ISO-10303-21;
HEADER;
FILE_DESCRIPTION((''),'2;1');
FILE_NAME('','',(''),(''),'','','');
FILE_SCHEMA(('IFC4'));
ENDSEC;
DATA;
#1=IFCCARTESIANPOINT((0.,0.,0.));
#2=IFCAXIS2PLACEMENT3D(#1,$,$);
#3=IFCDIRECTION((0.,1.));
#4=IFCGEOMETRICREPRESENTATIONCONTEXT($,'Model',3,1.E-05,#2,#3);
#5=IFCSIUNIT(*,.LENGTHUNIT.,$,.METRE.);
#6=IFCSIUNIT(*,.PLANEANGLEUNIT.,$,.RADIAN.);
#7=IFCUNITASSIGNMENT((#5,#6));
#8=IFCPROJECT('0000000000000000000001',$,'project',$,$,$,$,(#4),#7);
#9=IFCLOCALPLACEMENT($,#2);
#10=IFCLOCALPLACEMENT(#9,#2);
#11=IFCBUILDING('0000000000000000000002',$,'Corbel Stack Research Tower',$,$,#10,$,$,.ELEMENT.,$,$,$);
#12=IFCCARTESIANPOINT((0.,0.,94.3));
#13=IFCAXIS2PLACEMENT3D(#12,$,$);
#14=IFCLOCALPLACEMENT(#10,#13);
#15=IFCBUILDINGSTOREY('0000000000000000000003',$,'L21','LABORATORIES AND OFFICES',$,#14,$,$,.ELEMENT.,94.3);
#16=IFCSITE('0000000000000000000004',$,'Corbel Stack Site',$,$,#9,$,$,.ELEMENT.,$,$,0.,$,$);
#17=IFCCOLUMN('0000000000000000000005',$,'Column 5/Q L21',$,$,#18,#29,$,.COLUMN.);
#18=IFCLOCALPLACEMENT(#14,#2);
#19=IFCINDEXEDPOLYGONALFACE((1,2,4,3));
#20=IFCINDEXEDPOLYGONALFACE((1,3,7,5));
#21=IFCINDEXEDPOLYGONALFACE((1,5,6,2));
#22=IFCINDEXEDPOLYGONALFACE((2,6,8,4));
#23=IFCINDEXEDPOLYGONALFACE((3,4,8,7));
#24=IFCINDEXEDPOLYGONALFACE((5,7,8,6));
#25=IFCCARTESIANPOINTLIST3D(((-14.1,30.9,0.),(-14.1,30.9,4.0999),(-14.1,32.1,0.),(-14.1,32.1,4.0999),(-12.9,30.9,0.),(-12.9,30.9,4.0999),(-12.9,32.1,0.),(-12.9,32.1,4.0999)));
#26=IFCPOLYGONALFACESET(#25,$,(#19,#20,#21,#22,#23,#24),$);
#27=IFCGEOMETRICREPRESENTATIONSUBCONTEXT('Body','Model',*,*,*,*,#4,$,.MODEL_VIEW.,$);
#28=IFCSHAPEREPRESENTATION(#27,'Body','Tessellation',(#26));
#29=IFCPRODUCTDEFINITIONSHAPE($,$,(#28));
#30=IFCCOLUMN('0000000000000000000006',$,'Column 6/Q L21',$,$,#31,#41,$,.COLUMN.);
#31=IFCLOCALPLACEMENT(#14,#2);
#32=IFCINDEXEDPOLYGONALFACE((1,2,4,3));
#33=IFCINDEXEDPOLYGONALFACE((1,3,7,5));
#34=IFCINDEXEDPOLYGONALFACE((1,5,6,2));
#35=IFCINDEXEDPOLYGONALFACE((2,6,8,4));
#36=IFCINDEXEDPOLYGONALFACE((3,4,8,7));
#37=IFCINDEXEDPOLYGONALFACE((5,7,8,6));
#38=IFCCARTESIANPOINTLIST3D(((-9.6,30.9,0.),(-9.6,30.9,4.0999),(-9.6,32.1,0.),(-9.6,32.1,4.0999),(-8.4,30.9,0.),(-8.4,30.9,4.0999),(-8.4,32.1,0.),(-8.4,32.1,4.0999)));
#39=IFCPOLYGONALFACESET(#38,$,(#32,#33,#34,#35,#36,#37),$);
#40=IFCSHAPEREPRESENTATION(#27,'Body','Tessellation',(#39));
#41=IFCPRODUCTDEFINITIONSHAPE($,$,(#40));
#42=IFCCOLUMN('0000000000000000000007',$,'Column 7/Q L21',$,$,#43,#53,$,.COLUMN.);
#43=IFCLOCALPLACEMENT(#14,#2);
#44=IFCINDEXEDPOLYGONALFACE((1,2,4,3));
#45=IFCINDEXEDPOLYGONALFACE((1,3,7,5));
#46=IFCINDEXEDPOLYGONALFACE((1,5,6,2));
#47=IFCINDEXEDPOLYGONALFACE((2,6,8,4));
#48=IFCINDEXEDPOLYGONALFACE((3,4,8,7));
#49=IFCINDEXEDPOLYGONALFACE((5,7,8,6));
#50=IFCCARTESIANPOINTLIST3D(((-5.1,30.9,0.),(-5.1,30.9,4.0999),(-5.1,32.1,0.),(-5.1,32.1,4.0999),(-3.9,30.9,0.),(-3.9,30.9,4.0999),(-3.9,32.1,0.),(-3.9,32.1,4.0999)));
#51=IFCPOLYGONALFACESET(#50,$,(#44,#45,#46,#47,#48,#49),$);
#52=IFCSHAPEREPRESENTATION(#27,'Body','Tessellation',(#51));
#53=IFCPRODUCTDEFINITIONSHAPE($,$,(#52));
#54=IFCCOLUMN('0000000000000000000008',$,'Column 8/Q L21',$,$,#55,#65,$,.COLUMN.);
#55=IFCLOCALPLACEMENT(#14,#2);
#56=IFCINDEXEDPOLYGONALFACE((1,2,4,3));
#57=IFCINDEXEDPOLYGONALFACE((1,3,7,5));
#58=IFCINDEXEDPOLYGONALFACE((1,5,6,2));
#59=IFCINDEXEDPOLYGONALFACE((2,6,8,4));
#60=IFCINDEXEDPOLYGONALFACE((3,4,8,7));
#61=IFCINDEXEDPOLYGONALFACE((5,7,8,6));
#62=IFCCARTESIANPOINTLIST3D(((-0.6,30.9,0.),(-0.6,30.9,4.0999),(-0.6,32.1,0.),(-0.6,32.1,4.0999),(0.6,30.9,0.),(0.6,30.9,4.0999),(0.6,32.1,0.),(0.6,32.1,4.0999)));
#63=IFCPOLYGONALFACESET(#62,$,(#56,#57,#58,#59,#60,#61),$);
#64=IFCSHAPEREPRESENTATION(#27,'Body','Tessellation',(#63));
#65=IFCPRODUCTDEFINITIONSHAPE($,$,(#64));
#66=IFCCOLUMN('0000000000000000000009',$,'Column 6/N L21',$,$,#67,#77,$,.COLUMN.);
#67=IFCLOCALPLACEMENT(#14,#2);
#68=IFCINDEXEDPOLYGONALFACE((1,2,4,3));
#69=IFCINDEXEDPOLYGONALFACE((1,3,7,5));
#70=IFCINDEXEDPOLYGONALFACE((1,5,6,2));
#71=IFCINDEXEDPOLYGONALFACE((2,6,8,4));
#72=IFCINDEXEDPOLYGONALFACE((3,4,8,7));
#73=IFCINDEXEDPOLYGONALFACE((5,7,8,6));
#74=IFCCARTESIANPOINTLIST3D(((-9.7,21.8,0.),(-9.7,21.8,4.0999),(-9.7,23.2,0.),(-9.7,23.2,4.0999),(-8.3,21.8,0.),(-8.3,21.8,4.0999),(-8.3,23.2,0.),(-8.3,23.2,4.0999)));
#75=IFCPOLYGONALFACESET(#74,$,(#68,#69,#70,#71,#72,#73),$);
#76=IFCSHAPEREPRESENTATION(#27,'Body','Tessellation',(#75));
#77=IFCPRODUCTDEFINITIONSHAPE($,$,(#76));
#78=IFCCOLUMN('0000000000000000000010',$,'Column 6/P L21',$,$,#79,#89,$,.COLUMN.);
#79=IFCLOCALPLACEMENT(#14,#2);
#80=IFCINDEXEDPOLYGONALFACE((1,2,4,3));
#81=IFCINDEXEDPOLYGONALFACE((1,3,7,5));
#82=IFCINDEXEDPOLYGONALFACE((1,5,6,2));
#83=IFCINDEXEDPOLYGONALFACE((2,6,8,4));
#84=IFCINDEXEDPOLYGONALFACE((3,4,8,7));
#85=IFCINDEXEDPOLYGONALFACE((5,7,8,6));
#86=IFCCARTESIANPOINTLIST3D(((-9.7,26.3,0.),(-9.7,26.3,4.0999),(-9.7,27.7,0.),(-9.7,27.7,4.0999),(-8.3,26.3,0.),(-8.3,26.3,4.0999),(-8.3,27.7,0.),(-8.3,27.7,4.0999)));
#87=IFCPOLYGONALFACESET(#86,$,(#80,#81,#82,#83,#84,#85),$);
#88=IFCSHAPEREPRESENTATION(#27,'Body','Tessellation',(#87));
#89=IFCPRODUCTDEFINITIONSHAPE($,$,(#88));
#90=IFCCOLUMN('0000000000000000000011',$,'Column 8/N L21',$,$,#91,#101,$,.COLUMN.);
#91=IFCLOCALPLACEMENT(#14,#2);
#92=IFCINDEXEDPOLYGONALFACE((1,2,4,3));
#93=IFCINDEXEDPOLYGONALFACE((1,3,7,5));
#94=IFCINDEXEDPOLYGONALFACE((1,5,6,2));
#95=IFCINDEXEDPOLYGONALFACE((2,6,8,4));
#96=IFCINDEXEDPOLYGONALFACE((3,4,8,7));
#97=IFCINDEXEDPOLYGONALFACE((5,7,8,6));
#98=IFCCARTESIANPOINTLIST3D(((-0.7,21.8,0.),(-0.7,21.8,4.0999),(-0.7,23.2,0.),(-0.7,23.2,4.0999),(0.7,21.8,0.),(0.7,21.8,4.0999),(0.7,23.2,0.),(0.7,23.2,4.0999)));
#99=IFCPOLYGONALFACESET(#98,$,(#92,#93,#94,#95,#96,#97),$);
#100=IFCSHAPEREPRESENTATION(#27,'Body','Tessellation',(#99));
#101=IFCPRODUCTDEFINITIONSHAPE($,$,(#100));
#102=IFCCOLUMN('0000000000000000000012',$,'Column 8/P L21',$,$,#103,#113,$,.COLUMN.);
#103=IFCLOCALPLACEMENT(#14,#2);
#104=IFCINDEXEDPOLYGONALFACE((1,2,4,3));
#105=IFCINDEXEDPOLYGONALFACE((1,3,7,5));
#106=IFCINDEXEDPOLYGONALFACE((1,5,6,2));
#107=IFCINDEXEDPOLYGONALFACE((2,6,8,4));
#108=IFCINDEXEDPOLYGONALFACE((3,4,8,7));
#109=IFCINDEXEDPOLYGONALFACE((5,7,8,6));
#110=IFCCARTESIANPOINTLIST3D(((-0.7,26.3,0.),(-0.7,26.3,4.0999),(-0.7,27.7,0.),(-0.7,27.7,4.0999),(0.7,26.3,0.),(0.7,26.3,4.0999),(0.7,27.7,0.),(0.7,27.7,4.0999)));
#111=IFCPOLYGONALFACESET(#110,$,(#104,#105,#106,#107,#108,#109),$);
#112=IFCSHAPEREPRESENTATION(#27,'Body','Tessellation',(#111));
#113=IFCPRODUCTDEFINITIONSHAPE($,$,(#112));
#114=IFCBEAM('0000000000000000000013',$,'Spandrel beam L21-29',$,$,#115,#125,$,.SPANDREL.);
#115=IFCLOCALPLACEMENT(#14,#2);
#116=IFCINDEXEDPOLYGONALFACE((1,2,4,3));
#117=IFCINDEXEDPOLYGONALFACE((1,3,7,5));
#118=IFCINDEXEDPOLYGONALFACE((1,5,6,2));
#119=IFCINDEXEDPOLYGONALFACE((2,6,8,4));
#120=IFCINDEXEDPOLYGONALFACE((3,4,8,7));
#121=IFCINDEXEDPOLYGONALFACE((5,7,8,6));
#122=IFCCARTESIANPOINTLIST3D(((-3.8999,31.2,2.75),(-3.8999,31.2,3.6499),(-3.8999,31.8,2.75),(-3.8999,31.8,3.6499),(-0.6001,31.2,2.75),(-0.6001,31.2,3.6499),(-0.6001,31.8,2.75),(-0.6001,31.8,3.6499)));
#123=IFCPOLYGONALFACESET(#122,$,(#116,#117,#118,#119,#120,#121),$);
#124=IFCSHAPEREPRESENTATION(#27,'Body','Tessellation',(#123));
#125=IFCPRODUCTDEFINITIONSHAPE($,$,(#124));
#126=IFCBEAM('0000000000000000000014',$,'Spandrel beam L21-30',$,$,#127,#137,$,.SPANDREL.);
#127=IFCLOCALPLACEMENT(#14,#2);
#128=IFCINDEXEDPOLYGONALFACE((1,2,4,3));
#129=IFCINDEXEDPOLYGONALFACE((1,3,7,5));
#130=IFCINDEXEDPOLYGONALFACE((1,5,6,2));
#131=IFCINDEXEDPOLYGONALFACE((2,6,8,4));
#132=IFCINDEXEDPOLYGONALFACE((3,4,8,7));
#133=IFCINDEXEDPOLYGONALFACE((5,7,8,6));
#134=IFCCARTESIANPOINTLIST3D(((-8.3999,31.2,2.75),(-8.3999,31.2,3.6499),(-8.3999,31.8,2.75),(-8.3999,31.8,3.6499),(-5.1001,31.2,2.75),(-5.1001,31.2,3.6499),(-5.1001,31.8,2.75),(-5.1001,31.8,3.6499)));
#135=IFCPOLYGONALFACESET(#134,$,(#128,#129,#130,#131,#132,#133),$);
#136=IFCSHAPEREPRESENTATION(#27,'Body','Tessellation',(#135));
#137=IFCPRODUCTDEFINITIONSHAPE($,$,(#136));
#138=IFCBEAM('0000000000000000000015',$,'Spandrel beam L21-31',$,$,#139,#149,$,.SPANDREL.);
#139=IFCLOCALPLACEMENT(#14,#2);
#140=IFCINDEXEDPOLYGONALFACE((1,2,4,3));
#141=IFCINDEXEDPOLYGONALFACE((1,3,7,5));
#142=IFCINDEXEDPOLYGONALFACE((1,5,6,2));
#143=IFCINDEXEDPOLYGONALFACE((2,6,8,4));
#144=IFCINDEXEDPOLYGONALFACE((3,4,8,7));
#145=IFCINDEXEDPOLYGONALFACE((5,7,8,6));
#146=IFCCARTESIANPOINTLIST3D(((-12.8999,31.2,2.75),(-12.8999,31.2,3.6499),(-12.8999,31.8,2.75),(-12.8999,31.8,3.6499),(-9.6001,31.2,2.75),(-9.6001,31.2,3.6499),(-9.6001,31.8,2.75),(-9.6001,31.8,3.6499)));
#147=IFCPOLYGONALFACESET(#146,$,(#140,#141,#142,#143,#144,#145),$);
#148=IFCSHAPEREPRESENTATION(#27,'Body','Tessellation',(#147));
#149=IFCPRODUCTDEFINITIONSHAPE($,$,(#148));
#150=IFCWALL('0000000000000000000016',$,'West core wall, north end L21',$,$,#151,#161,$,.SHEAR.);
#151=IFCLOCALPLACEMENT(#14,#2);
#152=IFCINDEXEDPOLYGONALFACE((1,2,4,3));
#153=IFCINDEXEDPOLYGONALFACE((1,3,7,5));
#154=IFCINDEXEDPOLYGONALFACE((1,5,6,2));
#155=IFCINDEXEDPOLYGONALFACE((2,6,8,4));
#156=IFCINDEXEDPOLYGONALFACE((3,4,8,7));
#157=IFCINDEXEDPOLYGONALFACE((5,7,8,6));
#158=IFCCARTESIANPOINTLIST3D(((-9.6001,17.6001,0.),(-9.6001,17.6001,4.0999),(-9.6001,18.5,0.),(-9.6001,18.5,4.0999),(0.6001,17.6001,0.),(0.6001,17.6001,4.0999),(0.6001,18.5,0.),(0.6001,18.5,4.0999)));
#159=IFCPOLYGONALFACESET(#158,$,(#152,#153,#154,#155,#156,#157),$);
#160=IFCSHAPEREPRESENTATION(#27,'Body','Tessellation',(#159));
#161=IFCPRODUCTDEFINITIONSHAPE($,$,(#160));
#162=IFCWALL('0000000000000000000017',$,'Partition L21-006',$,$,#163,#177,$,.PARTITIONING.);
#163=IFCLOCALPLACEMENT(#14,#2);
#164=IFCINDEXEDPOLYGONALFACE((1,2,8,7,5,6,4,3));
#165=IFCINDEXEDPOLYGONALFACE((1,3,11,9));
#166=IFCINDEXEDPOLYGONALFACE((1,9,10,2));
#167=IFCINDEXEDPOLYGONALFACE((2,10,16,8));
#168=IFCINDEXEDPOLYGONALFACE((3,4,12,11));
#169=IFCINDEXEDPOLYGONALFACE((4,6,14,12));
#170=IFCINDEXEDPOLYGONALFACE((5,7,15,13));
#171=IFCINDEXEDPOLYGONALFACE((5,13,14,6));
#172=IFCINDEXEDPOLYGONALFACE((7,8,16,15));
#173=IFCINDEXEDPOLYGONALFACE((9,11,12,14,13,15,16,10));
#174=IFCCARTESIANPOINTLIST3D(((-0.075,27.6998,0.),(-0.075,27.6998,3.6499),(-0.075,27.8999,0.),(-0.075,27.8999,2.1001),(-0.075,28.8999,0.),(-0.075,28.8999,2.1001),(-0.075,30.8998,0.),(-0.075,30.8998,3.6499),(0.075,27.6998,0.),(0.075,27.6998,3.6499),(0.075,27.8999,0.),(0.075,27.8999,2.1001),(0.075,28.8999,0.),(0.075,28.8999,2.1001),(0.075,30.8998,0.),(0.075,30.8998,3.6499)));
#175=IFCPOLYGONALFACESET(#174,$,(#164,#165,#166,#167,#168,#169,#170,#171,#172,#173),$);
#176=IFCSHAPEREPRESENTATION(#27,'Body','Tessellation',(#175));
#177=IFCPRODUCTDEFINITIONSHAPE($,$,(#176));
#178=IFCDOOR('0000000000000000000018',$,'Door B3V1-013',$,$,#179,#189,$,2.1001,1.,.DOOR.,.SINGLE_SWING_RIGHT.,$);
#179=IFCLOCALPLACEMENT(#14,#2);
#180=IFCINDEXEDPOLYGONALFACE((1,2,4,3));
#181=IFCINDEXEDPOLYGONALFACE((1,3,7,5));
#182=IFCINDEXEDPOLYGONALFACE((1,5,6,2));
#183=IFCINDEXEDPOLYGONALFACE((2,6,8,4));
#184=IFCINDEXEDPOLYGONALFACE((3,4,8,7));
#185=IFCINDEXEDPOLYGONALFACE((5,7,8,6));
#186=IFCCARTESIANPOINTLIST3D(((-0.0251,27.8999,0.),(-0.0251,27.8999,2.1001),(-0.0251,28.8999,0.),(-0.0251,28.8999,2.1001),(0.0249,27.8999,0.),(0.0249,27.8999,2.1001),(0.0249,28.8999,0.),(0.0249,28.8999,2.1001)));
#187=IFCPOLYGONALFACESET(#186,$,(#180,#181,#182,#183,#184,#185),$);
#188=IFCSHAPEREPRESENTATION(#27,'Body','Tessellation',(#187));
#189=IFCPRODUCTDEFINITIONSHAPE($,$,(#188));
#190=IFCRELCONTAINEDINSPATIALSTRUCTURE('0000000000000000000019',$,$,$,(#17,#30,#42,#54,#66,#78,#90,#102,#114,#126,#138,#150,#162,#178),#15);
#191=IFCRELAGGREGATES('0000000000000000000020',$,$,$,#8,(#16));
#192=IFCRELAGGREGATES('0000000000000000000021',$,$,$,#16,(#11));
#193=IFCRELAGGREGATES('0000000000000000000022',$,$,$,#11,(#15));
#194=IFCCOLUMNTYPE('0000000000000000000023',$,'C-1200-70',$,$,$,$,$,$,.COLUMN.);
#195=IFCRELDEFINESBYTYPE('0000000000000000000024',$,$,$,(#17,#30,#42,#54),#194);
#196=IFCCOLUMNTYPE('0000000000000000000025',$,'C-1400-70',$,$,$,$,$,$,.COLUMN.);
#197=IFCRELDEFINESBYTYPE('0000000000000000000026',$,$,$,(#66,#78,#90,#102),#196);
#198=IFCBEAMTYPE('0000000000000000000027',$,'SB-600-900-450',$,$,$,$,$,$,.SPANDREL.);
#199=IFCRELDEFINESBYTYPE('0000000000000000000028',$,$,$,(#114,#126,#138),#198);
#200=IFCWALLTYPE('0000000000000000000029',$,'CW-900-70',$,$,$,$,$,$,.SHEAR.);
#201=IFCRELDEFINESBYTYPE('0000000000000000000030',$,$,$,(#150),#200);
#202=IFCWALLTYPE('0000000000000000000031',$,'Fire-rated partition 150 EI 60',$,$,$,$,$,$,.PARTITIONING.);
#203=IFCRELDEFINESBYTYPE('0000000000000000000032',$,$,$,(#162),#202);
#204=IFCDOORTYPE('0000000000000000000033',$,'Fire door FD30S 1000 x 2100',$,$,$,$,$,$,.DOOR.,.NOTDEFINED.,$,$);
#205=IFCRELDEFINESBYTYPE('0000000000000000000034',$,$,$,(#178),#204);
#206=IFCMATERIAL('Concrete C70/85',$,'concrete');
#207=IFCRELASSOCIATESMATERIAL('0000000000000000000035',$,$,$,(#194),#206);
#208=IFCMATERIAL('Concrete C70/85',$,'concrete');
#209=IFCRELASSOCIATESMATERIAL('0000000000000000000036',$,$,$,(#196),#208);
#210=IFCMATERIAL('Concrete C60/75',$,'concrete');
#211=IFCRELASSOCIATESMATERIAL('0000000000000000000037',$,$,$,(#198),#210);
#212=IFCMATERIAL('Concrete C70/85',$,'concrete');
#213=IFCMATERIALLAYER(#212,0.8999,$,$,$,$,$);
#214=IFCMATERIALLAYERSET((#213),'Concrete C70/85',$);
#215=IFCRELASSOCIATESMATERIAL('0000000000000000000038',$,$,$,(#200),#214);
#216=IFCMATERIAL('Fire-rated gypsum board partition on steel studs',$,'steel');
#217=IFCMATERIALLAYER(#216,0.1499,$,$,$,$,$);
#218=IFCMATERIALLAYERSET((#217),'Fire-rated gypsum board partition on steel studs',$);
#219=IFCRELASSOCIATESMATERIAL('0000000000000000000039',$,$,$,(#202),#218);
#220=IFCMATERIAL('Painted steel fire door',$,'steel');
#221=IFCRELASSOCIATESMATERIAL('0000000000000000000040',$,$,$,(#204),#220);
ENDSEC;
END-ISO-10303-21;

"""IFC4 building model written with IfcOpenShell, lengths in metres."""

from ifc_helpers import new_model, si_unit, direction, frame, frame_2d, origin, origin_2d, place, context, subcontext, project, spatial, rectangle, extrude, material, layer, layer_set, material_profile, profile_set, type_object, element, fill, save


model = new_model("IFC4")

# Units and contexts
model_context = context("Model", 3, precision=1e-05, world=origin(), true_north=direction((0.0, 1.0)))
body_context = subcontext(model_context, "Body", "Model", "MODEL_VIEW")
ifc_project = project(units=[si_unit("LENGTHUNIT", "METRE"), si_unit("PLANEANGLEUNIT", "RADIAN")], contexts=[model_context])

# Site, building, storey
site_placement = place(None, origin())
site = spatial("IfcSite", under=ifc_project, at=site_placement, Name="Corbel Stack Site", CompositionType="ELEMENT", RefElevation=0.0)
building_placement = place(site_placement, origin())
building = spatial("IfcBuilding", under=site, at=building_placement, Name="Corbel Stack Research Tower", CompositionType="ELEMENT")
storey_placement = place(building_placement, frame((0.0, 0.0, 94.3)))
storey = spatial("IfcBuildingStorey", under=building, at=storey_placement, Name="L21", Description="LABORATORIES AND OFFICES", CompositionType="ELEMENT", Elevation=94.3)

# Columns
ifc_material_1 = material(Name="Concrete C70/85", Category="concrete")
ifc_material_profile_1 = material_profile(ifc_material_1, rectangle(XDim=1.2, YDim=1.2, at=origin_2d()), Name="RC 1200 x 1200")
ifc_profile_set_1 = profile_set([ifc_material_profile_1], Name="Concrete C70/85")
column_type_1 = type_object("IfcColumnType", Name="C-1200-70", PredefinedType="COLUMN", material=ifc_profile_set_1)
for number, where, z_axis, x_axis, name in (
    (1, (-13.5, 31.5, 0.0), (0.0, 0.0, 1.0), (1.0, 0.0, 0.0), "Column 5/Q L21"),
    (2, (-9.0, 31.5, 0.0), (0.0, 0.0, 1.0), (1.0, 0.0, 0.0), "Column 6/Q L21"),
    (3, (-4.5, 31.5, 0.0), (0.0, 0.0, 1.0), (1.0, 0.0, 0.0), "Column 7/Q L21"),
    (4, (0.0, 31.5, 0.0), (0.0, 0.0, 1.0), (1.0, 0.0, 0.0), "Column 8/Q L21"),
):
    element("IfcColumn", number, at=place(storey_placement, frame(where, z_axis=z_axis, x_axis=x_axis)), inside=storey, type_object=column_type_1, Name=name, PredefinedType="COLUMN", context=body_context, shape_type="SweptSolid", body=[
        extrude(rectangle(XDim=1.2, YDim=1.2, at=origin_2d()), origin(), (0.0, 0.0, 1.0), 4.0999),
    ])
ifc_material_2 = material(Name="Concrete C70/85", Category="concrete")
ifc_material_profile_2 = material_profile(ifc_material_2, rectangle(XDim=1.3999, YDim=1.3999, at=origin_2d()), Name="RC 1400 x 1400")
ifc_profile_set_2 = profile_set([ifc_material_profile_2], Name="Concrete C70/85")
column_type_2 = type_object("IfcColumnType", Name="C-1400-70", PredefinedType="COLUMN", material=ifc_profile_set_2)
for number, where, z_axis, x_axis, name in (
    (5, (-9.0, 22.5, 0.0), (0.0, 0.0, 1.0), (1.0, 0.0, 0.0), "Column 6/N L21"),
    (6, (-9.0, 27.0, 0.0), (0.0, 0.0, 1.0), (1.0, 0.0, 0.0), "Column 6/P L21"),
    (7, (0.0, 22.5, 0.0), (0.0, 0.0, 1.0), (1.0, 0.0, 0.0), "Column 8/N L21"),
    (8, (0.0, 27.0, 0.0), (0.0, 0.0, 1.0), (1.0, 0.0, 0.0), "Column 8/P L21"),
):
    element("IfcColumn", number, at=place(storey_placement, frame(where, z_axis=z_axis, x_axis=x_axis)), inside=storey, type_object=column_type_2, Name=name, PredefinedType="COLUMN", context=body_context, shape_type="SweptSolid", body=[
        extrude(rectangle(XDim=1.3999, YDim=1.3999, at=origin_2d()), origin(), (0.0, 0.0, 1.0), 4.0999),
    ])

# Beams
ifc_material_3 = material(Name="Concrete C60/75", Category="concrete")
ifc_material_profile_3 = material_profile(ifc_material_3, rectangle(XDim=0.6001, YDim=0.8999, at=origin_2d()), Name="RC 600 x 900")
ifc_profile_set_3 = profile_set([ifc_material_profile_3], Name="Concrete C60/75")
beam_type = type_object("IfcBeamType", Name="SB-600-900-450", PredefinedType="SPANDREL", material=ifc_profile_set_3)
for number, where, z_axis, x_axis, name in (
    (9, (-0.6001, 31.5, 3.2), (-1.0, 0.0, 0.0), (0.0, -1.0, 0.0), "Spandrel beam L21-29"),
    (10, (-5.1001, 31.5, 3.2), (-1.0, 0.0, 0.0), (0.0, -1.0, 0.0), "Spandrel beam L21-30"),
    (11, (-9.6001, 31.5, 3.2), (-1.0, 0.0, 0.0), (0.0, -1.0, 0.0), "Spandrel beam L21-31"),
):
    element("IfcBeam", number, at=place(storey_placement, frame(where, z_axis=z_axis, x_axis=x_axis)), inside=storey, type_object=beam_type, Name=name, PredefinedType="SPANDREL", context=body_context, shape_type="SweptSolid", body=[
        extrude(rectangle(XDim=0.6001, YDim=0.8999, at=origin_2d()), origin(), (0.0, 0.0, 1.0), 3.2998),
    ])

# Wall
ifc_material_4 = material(Name="Concrete C70/85", Category="concrete")
ifc_layer_1 = layer(ifc_material_4, 0.8999)
ifc_layer_set_1 = layer_set([ifc_layer_1], Name="Concrete C70/85")
wall_type_1 = type_object("IfcWallType", Name="CW-900-70", PredefinedType="SHEAR", material=ifc_layer_set_1)
wall_1_placement = place(storey_placement, frame((-9.6001, 18.05, 0.0), z_axis=(0.0, 0.0, 1.0), x_axis=(1.0, 0.0, 0.0)))
element("IfcWall", 12, at=wall_1_placement, inside=storey, type_object=wall_type_1, Name="West core wall, north end L21", PredefinedType="SHEAR", context=body_context, shape_type="SweptSolid", body=[
    extrude(rectangle(XDim=10.2002, YDim=0.8999, at=frame_2d((5.1001, 0.0))), origin(), (0.0, 0.0, 1.0), 4.0999),
])

# Wall, opening, door
ifc_material_5 = material(Name="Fire-rated gypsum board partition on steel studs", Category="steel")
ifc_layer_2 = layer(ifc_material_5, 0.1499)
ifc_layer_set_2 = layer_set([ifc_layer_2], Name="Fire-rated gypsum board partition on steel studs")
wall_type_2 = type_object("IfcWallType", Name="Fire-rated partition 150 EI 60", PredefinedType="PARTITIONING", material=ifc_layer_set_2)
wall_2_placement = place(storey_placement, frame((0.0, 30.8999, 0.0), z_axis=(0.0, 0.0, 1.0), x_axis=(0.0, -1.0, 0.0)))
wall_2 = element("IfcWall", 13, at=wall_2_placement, inside=storey, type_object=wall_type_2, Name="Partition L21-006", PredefinedType="PARTITIONING", context=body_context, shape_type="SweptSolid", body=[
    extrude(rectangle(XDim=3.2, YDim=0.1499, at=frame_2d((1.6001, 0.0))), origin(), (0.0, 0.0, 1.0), 3.6499),
])
opening_1_placement = place(wall_2_placement, frame((2.0, 0.0, 0.0)))
opening_1 = element("IfcOpeningElement", 14, at=opening_1_placement, cuts=wall_2, PredefinedType="OPENING", context=body_context, shape_type="SweptSolid", body=[
    extrude(rectangle(XDim=1.0, YDim=2.1001, at=frame_2d((0.5, 1.05))), frame((0.0, 0.085, 0.0), z_axis=(0.0, -1.0, 0.0), x_axis=(1.0, 0.0, 0.0)), (0.0, 0.0, 1.0), 0.1699),
])
ifc_material_6 = material(Name="Painted steel fire door", Category="steel")
door_type_1 = type_object("IfcDoorType", Name="Fire door FD30S 1000 x 2100", OperationType="NOTDEFINED", PredefinedType="DOOR", material=ifc_material_6)
door_1_placement = place(opening_1_placement, origin())
door_1 = element("IfcDoor", 15, at=door_1_placement, inside=storey, type_object=door_type_1, Name="Door B3V1-013", OperationType="SINGLE_SWING_RIGHT", OverallHeight=2.1001, OverallWidth=1.0, PredefinedType="DOOR", context=body_context, shape_type="SweptSolid", body=[
    extrude(rectangle(XDim=1.0, YDim=2.1001, at=frame_2d((0.5, 1.05))), frame((0.0, 0.0249, 0.0), z_axis=(0.0, -1.0, 0.0), x_axis=(1.0, 0.0, 0.0)), (0.0, 0.0, 1.0), 0.05),
])
fill(opening_1, door_1)

save(model, "model.ifc")
